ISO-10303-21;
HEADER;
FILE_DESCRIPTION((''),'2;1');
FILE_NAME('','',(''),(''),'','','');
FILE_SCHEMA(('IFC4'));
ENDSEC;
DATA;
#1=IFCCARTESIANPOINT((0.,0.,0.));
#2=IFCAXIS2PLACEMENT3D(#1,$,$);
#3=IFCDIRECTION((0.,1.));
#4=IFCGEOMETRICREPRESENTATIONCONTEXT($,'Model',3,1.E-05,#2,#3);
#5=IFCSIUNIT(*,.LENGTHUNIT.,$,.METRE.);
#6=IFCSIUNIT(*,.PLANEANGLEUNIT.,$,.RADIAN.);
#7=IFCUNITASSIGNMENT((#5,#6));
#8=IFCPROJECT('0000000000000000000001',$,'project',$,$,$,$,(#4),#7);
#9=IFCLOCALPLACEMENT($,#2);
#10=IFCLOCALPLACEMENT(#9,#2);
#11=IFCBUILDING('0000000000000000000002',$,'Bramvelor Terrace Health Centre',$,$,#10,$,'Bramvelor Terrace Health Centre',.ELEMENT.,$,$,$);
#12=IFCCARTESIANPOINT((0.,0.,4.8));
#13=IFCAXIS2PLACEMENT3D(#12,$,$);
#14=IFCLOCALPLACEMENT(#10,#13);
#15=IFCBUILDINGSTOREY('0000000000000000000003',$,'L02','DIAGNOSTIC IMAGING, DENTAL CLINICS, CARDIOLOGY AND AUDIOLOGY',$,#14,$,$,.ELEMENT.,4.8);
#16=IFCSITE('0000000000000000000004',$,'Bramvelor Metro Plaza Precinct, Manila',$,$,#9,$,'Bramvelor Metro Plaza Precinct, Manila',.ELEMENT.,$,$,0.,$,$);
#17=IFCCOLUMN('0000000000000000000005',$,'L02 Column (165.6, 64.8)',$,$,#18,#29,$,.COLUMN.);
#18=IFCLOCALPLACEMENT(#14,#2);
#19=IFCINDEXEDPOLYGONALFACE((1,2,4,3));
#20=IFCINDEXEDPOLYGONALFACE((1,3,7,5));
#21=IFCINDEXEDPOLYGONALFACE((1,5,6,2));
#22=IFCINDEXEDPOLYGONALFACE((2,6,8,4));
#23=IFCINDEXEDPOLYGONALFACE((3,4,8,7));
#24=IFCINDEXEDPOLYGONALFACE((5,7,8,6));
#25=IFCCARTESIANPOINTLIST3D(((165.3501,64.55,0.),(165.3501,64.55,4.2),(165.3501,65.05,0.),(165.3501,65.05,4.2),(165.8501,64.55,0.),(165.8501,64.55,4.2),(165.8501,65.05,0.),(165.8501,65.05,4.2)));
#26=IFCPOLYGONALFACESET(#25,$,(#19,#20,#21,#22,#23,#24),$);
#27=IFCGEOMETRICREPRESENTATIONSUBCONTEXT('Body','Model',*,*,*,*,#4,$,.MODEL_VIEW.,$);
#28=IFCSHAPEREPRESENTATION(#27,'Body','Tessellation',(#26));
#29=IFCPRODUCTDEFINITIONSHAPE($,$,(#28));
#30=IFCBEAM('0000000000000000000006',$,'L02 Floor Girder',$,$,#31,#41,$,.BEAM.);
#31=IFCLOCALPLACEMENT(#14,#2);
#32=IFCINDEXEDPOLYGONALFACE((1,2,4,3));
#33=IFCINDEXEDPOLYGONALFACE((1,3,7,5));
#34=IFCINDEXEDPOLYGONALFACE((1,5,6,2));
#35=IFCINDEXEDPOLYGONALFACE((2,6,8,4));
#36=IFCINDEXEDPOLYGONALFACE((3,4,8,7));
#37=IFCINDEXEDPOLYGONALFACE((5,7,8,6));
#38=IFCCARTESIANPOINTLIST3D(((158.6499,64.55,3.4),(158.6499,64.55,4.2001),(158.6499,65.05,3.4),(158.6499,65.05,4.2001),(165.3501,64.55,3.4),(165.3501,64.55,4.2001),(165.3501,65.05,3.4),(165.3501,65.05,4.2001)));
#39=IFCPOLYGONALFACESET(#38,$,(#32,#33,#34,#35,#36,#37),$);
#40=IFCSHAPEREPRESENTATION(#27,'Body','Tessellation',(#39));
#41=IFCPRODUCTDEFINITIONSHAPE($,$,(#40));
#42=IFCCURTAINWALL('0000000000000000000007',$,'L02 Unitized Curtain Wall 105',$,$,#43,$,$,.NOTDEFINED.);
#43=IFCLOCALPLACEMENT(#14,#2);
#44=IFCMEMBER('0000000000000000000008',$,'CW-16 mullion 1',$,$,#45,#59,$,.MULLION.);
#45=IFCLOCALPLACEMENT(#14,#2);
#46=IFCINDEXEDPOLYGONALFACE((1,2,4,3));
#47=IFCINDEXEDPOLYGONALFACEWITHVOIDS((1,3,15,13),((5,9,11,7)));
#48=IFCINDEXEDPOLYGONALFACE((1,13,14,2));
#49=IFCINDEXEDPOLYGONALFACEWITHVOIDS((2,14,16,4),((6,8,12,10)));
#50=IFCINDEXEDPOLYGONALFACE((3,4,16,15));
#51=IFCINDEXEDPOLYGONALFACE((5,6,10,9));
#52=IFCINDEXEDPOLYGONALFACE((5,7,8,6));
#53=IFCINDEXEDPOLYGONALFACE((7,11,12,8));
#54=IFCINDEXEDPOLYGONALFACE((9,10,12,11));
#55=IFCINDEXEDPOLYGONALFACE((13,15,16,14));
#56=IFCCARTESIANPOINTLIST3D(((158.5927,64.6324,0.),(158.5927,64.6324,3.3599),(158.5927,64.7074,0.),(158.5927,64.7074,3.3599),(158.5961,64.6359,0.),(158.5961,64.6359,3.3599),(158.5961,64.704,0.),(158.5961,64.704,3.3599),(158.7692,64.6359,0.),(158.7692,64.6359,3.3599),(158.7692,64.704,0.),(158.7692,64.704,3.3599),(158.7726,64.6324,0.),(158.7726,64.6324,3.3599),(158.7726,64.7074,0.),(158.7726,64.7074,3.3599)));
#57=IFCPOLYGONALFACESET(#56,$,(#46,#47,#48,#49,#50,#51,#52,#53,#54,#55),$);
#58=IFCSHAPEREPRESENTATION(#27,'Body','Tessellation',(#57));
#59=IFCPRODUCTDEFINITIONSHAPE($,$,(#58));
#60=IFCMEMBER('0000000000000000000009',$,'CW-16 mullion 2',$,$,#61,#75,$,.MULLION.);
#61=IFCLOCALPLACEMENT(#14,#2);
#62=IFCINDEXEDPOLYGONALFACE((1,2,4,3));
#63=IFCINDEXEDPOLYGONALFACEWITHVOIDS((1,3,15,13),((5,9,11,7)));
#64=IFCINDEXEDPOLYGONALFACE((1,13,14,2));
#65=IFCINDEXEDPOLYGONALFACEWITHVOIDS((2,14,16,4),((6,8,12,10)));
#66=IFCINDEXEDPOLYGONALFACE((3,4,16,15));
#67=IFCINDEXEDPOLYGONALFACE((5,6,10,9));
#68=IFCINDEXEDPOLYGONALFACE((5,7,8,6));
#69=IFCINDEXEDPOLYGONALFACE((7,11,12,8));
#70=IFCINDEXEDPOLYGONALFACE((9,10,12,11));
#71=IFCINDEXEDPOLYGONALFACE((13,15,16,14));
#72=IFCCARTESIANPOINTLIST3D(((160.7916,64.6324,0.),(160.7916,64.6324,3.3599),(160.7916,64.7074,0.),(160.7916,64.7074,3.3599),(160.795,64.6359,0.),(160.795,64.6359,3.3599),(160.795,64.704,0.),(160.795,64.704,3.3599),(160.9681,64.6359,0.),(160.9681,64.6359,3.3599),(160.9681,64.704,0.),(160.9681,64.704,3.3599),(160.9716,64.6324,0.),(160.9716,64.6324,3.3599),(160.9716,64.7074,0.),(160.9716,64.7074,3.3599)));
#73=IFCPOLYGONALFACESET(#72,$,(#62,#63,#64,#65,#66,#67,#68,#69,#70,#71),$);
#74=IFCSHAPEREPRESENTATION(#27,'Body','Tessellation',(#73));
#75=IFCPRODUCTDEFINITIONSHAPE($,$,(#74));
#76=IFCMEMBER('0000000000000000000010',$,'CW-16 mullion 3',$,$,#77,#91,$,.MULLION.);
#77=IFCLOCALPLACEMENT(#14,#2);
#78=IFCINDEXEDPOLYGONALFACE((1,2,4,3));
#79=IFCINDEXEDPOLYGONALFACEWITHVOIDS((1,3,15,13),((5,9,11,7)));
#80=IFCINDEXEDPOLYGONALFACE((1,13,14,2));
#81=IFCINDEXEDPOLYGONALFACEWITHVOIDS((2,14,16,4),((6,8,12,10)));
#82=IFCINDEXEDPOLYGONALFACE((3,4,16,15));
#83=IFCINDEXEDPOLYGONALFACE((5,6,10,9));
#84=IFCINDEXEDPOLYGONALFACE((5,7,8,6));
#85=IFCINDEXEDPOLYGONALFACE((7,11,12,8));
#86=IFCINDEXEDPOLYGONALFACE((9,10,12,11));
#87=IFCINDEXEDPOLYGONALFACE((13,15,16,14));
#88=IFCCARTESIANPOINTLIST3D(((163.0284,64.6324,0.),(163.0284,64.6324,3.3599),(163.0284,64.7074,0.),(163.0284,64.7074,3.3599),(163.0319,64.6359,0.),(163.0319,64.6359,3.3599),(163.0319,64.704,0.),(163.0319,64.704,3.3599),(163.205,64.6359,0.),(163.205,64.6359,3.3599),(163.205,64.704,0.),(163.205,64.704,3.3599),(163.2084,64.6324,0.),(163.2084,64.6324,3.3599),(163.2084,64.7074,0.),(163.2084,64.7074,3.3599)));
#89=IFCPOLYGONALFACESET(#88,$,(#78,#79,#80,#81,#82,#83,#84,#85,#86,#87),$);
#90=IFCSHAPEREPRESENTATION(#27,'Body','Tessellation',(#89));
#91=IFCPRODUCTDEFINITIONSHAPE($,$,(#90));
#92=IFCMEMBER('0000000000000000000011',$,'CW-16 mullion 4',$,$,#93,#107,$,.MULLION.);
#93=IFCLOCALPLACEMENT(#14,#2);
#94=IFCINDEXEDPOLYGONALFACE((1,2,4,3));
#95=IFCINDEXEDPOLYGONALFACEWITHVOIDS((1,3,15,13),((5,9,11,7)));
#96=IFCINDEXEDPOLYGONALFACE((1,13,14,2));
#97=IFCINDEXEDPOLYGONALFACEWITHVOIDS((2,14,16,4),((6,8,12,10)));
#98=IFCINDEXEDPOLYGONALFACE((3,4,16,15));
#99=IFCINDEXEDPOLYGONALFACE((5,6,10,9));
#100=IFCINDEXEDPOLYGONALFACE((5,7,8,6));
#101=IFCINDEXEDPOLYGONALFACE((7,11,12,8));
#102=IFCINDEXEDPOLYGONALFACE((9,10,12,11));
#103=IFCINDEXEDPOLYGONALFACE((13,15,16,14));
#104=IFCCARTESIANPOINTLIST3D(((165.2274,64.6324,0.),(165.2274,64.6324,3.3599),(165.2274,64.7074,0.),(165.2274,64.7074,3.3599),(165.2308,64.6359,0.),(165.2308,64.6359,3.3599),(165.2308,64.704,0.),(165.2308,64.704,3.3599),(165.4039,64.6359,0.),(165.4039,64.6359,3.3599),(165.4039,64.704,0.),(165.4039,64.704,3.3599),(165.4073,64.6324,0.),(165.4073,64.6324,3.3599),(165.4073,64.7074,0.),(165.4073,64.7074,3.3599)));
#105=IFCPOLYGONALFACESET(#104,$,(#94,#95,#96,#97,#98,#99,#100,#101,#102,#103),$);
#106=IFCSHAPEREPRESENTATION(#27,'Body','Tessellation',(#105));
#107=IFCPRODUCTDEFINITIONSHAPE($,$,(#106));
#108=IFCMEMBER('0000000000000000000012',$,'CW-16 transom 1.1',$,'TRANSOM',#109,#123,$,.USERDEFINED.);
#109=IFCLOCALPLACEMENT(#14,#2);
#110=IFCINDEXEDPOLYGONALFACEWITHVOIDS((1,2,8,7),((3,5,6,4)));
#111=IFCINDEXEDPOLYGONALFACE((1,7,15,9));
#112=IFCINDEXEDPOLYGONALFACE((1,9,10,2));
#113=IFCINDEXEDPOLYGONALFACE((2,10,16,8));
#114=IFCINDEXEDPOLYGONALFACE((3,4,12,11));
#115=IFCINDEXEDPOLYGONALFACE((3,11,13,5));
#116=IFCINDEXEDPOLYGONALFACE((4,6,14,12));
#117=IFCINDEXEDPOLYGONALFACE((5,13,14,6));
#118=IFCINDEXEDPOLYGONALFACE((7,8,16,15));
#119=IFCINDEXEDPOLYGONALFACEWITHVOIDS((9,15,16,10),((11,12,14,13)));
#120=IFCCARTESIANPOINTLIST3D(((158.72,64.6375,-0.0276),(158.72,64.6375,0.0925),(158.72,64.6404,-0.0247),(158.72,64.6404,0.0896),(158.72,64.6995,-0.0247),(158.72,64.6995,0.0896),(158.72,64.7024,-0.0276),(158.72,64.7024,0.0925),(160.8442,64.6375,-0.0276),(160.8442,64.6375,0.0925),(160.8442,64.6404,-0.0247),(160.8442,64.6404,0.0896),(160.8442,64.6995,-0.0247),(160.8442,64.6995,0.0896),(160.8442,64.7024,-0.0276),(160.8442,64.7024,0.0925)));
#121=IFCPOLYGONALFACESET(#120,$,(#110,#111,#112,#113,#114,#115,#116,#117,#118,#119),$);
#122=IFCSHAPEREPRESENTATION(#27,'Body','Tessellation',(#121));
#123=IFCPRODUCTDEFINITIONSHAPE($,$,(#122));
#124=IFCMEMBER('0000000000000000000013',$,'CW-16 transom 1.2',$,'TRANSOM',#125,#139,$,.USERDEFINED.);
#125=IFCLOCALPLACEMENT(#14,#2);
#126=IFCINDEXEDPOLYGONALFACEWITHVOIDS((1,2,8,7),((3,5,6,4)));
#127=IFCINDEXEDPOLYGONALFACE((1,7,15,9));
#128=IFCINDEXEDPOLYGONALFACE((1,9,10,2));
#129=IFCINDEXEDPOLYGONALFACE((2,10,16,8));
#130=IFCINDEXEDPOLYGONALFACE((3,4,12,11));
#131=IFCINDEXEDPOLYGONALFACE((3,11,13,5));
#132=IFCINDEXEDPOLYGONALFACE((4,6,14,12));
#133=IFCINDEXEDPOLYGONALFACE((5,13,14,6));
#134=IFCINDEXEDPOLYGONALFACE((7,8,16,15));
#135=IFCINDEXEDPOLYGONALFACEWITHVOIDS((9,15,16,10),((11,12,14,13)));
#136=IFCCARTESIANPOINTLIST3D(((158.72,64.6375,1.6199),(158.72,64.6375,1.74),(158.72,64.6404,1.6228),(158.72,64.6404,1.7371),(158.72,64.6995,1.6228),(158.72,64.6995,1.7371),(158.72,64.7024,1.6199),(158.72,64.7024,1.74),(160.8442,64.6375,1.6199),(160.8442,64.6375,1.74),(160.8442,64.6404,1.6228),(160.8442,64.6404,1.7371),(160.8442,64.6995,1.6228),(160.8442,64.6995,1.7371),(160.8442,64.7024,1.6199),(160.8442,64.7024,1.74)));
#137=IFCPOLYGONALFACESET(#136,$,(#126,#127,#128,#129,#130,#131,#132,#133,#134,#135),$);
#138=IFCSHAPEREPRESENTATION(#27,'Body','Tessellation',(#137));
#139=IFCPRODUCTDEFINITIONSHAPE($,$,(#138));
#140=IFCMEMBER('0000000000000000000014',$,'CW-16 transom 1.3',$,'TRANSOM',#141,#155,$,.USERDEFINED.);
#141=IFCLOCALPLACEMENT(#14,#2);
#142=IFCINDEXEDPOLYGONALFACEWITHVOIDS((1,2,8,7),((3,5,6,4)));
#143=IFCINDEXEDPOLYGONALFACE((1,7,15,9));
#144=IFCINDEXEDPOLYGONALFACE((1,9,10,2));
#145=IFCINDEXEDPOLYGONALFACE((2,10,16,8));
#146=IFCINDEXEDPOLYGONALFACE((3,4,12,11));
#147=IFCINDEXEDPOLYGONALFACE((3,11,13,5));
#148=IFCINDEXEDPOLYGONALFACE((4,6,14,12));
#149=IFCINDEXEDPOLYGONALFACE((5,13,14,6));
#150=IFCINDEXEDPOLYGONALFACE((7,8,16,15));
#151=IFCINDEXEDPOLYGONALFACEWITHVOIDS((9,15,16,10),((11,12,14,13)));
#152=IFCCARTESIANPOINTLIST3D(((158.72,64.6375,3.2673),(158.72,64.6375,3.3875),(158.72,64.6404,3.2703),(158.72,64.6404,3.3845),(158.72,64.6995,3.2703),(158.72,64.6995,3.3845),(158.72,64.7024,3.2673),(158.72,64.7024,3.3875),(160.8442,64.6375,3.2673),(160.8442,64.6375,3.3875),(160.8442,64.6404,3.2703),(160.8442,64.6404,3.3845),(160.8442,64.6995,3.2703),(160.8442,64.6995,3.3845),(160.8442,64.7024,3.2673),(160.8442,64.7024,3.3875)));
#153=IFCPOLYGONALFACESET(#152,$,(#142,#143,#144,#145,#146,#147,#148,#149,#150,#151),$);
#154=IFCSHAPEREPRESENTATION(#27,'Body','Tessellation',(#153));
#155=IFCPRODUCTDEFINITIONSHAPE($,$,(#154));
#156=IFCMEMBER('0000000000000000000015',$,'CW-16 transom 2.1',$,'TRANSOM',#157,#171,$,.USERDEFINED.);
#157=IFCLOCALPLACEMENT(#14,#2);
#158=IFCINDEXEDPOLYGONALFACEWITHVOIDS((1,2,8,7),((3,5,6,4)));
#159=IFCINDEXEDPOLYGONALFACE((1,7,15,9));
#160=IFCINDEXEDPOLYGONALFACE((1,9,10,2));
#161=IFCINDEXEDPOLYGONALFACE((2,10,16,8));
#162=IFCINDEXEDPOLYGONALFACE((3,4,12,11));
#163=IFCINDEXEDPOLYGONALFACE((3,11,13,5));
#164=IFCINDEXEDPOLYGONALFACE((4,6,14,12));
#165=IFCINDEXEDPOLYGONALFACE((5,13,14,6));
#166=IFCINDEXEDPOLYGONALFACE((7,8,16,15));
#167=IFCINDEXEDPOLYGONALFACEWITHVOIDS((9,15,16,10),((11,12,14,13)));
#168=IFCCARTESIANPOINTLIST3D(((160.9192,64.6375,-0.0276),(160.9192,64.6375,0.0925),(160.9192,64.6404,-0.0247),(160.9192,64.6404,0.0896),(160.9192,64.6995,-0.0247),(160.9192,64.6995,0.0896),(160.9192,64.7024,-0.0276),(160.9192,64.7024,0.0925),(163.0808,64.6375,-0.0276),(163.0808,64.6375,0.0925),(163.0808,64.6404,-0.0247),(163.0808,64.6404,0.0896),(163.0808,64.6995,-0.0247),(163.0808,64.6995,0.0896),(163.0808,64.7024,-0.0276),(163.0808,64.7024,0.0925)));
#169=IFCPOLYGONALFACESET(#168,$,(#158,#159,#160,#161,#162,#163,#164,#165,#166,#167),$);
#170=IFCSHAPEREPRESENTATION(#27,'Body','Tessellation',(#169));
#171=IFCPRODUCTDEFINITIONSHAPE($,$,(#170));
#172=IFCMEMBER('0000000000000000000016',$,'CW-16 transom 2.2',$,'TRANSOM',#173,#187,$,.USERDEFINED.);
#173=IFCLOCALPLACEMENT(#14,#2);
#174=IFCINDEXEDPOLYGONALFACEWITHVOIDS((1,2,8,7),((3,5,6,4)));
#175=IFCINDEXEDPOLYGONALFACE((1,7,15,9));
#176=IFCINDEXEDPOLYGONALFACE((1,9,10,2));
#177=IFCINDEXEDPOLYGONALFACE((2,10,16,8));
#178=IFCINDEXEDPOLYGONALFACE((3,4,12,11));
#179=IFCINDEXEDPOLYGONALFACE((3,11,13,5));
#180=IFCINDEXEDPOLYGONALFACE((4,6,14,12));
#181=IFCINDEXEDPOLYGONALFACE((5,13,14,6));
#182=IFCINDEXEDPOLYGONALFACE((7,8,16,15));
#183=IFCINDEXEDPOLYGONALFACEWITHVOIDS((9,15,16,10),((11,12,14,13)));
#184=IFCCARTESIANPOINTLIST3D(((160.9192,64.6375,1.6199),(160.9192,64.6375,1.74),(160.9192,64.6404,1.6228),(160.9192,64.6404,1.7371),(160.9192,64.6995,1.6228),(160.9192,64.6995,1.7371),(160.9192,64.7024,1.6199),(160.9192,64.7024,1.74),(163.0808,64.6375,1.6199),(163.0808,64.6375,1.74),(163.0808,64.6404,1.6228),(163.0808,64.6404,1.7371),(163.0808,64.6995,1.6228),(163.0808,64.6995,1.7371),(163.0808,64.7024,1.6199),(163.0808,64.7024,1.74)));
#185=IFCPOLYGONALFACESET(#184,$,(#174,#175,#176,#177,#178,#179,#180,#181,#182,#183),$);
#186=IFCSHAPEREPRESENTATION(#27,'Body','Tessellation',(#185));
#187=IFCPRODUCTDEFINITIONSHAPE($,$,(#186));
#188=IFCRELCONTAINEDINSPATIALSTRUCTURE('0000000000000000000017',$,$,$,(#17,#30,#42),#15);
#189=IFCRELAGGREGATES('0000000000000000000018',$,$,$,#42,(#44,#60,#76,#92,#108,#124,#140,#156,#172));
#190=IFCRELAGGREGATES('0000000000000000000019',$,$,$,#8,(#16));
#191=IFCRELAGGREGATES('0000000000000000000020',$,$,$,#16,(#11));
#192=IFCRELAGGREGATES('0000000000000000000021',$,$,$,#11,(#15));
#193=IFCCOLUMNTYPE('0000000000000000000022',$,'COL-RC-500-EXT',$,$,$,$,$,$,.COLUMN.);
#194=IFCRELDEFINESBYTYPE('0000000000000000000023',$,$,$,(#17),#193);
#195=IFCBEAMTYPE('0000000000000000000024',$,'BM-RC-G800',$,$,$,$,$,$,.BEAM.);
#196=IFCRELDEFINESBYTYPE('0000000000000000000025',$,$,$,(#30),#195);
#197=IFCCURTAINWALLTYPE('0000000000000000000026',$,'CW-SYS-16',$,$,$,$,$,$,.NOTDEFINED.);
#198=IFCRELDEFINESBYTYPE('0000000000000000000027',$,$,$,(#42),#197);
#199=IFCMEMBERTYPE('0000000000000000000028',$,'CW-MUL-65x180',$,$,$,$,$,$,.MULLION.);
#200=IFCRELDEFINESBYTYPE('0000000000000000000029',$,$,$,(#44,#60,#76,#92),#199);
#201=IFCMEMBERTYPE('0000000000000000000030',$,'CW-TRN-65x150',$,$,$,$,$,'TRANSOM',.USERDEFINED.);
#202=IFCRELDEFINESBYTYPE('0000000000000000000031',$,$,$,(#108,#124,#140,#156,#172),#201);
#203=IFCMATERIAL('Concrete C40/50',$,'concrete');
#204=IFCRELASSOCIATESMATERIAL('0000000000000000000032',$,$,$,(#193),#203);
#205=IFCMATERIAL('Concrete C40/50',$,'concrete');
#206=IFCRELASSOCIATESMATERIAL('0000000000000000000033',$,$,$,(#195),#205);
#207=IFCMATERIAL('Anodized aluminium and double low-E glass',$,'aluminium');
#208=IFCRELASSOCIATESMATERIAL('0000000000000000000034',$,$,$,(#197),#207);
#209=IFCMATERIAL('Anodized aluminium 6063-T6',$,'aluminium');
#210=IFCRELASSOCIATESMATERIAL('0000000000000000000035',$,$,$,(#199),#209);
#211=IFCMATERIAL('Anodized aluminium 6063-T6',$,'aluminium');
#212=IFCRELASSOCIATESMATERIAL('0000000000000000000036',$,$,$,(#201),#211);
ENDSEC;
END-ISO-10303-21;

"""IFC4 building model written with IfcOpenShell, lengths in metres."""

from ifc_helpers import new_model, si_unit, direction, frame, origin, origin_2d, place, context, subcontext, project, spatial, rectangle, hollow_rectangle, extrude, material, material_profile, profile_set, type_object, element, aggregate, save


model = new_model("IFC4")

# Units and contexts
model_context = context("Model", 3, precision=1e-05, world=origin(), true_north=direction((0.0, 1.0)))
body_context = subcontext(model_context, "Body", "Model", "MODEL_VIEW")
ifc_project = project(units=[si_unit("LENGTHUNIT", "METRE"), si_unit("PLANEANGLEUNIT", "RADIAN")], contexts=[model_context])

# Site, building, storey
site_placement = place(None, origin())
site = spatial("IfcSite", under=ifc_project, at=site_placement, Name="Bramvelor Metro Plaza Precinct, Manila", LongName="Bramvelor Metro Plaza Precinct, Manila", CompositionType="ELEMENT", RefElevation=0.0)
building_placement = place(site_placement, origin())
building = spatial("IfcBuilding", under=site, at=building_placement, Name="Bramvelor Terrace Health Centre", LongName="Bramvelor Terrace Health Centre", CompositionType="ELEMENT")
storey_placement = place(building_placement, frame((0.0, 0.0, 4.8)))
storey = spatial("IfcBuildingStorey", under=building, at=storey_placement, Name="L02", Description="DIAGNOSTIC IMAGING, DENTAL CLINICS, CARDIOLOGY AND AUDIOLOGY", CompositionType="ELEMENT", Elevation=4.8)

# Column
ifc_material_1 = material(Name="Concrete C40/50", Category="concrete")
ifc_material_profile_1 = material_profile(ifc_material_1, rectangle(XDim=0.5, YDim=0.5, at=origin_2d()), Name="RC 500x500")
ifc_profile_set_1 = profile_set([ifc_material_profile_1], Name="Concrete C40/50")
column_type = type_object("IfcColumnType", Name="COL-RC-500-EXT", PredefinedType="COLUMN", material=ifc_profile_set_1)
column_placement = place(storey_placement, frame((165.6001, 64.8, 0.0), z_axis=(0.0, 0.0, 1.0), x_axis=(1.0, 0.0, 0.0)))
element("IfcColumn", 1, at=column_placement, inside=storey, type_object=column_type, Name="L02 Column (165.6, 64.8)", PredefinedType="COLUMN", context=body_context, shape_type="SweptSolid", body=[
    extrude(rectangle(XDim=0.5, YDim=0.5, at=origin_2d()), origin(), (0.0, 0.0, 1.0), 4.2),
])

# Beam
ifc_material_2 = material(Name="Concrete C40/50", Category="concrete")
ifc_material_profile_2 = material_profile(ifc_material_2, rectangle(XDim=0.5, YDim=0.8, at=origin_2d()), Name="RC 500x800")
ifc_profile_set_2 = profile_set([ifc_material_profile_2], Name="Concrete C40/50")
beam_type = type_object("IfcBeamType", Name="BM-RC-G800", PredefinedType="BEAM", material=ifc_profile_set_2)
beam_placement = place(storey_placement, frame((158.6499, 64.8, 3.8), z_axis=(1.0, 0.0, 0.0), x_axis=(0.0, 1.0, 0.0)))
element("IfcBeam", 2, at=beam_placement, inside=storey, type_object=beam_type, Name="L02 Floor Girder", PredefinedType="BEAM", context=body_context, shape_type="SweptSolid", body=[
    extrude(rectangle(XDim=0.5, YDim=0.8, at=origin_2d()), origin(), (0.0, 0.0, 1.0), 6.7002),
])

# Curtain wall, members
ifc_material_3 = material(Name="Anodized aluminium and double low-E glass", Category="aluminium")
curtain_wall_type = type_object("IfcCurtainWallType", Name="CW-SYS-16", PredefinedType="NOTDEFINED", material=ifc_material_3)
curtain_wall_placement = place(storey_placement, origin())
curtain_wall = element("IfcCurtainWall", 3, at=curtain_wall_placement, inside=storey, type_object=curtain_wall_type, Name="L02 Unitized Curtain Wall 105", PredefinedType="NOTDEFINED")
ifc_material_4 = material(Name="Anodized aluminium 6063-T6", Category="aluminium")
ifc_material_profile_3 = material_profile(ifc_material_4, hollow_rectangle(XDim=0.075, YDim=0.1799, WallThickness=0.0034, at=origin_2d()), Name="ALU-MUL 75x180x3.5")
ifc_profile_set_3 = profile_set([ifc_material_profile_3], Name="Anodized aluminium 6063-T6")
member_type_1 = type_object("IfcMemberType", Name="CW-MUL-65x180", PredefinedType="MULLION", material=ifc_profile_set_3)
member_1_placement = place(storey_placement, frame((158.6826, 64.6699, 0.0), z_axis=(0.0, 0.0, 1.0), x_axis=(0.0, 1.0, 0.0)))
member_1 = element("IfcMember", 4, at=member_1_placement, type_object=member_type_1, Name="CW-16 mullion 1", PredefinedType="MULLION", context=body_context, shape_type="SweptSolid", body=[
    extrude(hollow_rectangle(XDim=0.075, YDim=0.1799, WallThickness=0.0034, at=origin_2d()), origin(), (0.0, 0.0, 1.0), 3.3599),
])
member_2_placement = place(storey_placement, frame((160.8816, 64.6699, 0.0), z_axis=(0.0, 0.0, 1.0), x_axis=(0.0, 1.0, 0.0)))
member_2 = element("IfcMember", 5, at=member_2_placement, type_object=member_type_1, Name="CW-16 mullion 2", PredefinedType="MULLION", context=body_context, shape_type="SweptSolid", body=[
    extrude(hollow_rectangle(XDim=0.075, YDim=0.1799, WallThickness=0.0034, at=origin_2d()), origin(), (0.0, 0.0, 1.0), 3.3599),
])
member_3_placement = place(storey_placement, frame((163.1184, 64.6699, 0.0), z_axis=(0.0, 0.0, 1.0), x_axis=(0.0, 1.0, 0.0)))
member_3 = element("IfcMember", 6, at=member_3_placement, type_object=member_type_1, Name="CW-16 mullion 3", PredefinedType="MULLION", context=body_context, shape_type="SweptSolid", body=[
    extrude(hollow_rectangle(XDim=0.075, YDim=0.1799, WallThickness=0.0034, at=origin_2d()), origin(), (0.0, 0.0, 1.0), 3.3599),
])
member_4_placement = place(storey_placement, frame((165.3174, 64.6699, 0.0), z_axis=(0.0, 0.0, 1.0), x_axis=(0.0, 1.0, 0.0)))
member_4 = element("IfcMember", 7, at=member_4_placement, type_object=member_type_1, Name="CW-16 mullion 4", PredefinedType="MULLION", context=body_context, shape_type="SweptSolid", body=[
    extrude(hollow_rectangle(XDim=0.075, YDim=0.1799, WallThickness=0.0034, at=origin_2d()), origin(), (0.0, 0.0, 1.0), 3.3599),
])
ifc_material_5 = material(Name="Anodized aluminium 6063-T6", Category="aluminium")
ifc_material_profile_4 = material_profile(ifc_material_5, hollow_rectangle(XDim=0.0649, YDim=0.1201, WallThickness=0.0029, at=origin_2d()), Name="ALU-TRN 65x120x3.0")
ifc_profile_set_4 = profile_set([ifc_material_profile_4], Name="Anodized aluminium 6063-T6")
member_type_2 = type_object("IfcMemberType", Name="CW-TRN-65x150", ElementType="TRANSOM", PredefinedType="USERDEFINED", material=ifc_profile_set_4)
member_5_placement = place(storey_placement, frame((158.72, 64.6699, 0.0325), z_axis=(1.0, 0.0, 0.0), x_axis=(0.0, 1.0, 0.0)))
member_5 = element("IfcMember", 8, at=member_5_placement, type_object=member_type_2, Name="CW-16 transom 1.1", ObjectType="TRANSOM", PredefinedType="USERDEFINED", context=body_context, shape_type="SweptSolid", body=[
    extrude(hollow_rectangle(XDim=0.0649, YDim=0.1201, WallThickness=0.0029, at=origin_2d()), origin(), (0.0, 0.0, 1.0), 2.1243),
])
member_6_placement = place(storey_placement, frame((158.72, 64.6699, 1.6799), z_axis=(1.0, 0.0, 0.0), x_axis=(0.0, 1.0, 0.0)))
member_6 = element("IfcMember", 9, at=member_6_placement, type_object=member_type_2, Name="CW-16 transom 1.2", ObjectType="TRANSOM", PredefinedType="USERDEFINED", context=body_context, shape_type="SweptSolid", body=[
    extrude(hollow_rectangle(XDim=0.0649, YDim=0.1201, WallThickness=0.0029, at=origin_2d()), origin(), (0.0, 0.0, 1.0), 2.1243),
])
member_7_placement = place(storey_placement, frame((158.72, 64.6699, 3.3274), z_axis=(1.0, 0.0, 0.0), x_axis=(0.0, 1.0, 0.0)))
member_7 = element("IfcMember", 10, at=member_7_placement, type_object=member_type_2, Name="CW-16 transom 1.3", ObjectType="TRANSOM", PredefinedType="USERDEFINED", context=body_context, shape_type="SweptSolid", body=[
    extrude(hollow_rectangle(XDim=0.0649, YDim=0.1201, WallThickness=0.0029, at=origin_2d()), origin(), (0.0, 0.0, 1.0), 2.1243),
])
member_8_placement = place(storey_placement, frame((160.9192, 64.6699, 0.0325), z_axis=(1.0, 0.0, 0.0), x_axis=(0.0, 1.0, 0.0)))
member_8 = element("IfcMember", 11, at=member_8_placement, type_object=member_type_2, Name="CW-16 transom 2.1", ObjectType="TRANSOM", PredefinedType="USERDEFINED", context=body_context, shape_type="SweptSolid", body=[
    extrude(hollow_rectangle(XDim=0.0649, YDim=0.1201, WallThickness=0.0029, at=origin_2d()), origin(), (0.0, 0.0, 1.0), 2.1616),
])
member_9_placement = place(storey_placement, frame((160.9192, 64.6699, 1.6799), z_axis=(1.0, 0.0, 0.0), x_axis=(0.0, 1.0, 0.0)))
member_9 = element("IfcMember", 12, at=member_9_placement, type_object=member_type_2, Name="CW-16 transom 2.2", ObjectType="TRANSOM", PredefinedType="USERDEFINED", context=body_context, shape_type="SweptSolid", body=[
    extrude(hollow_rectangle(XDim=0.0649, YDim=0.1201, WallThickness=0.0029, at=origin_2d()), origin(), (0.0, 0.0, 1.0), 2.1616),
])
aggregate(curtain_wall, [member_1, member_2, member_3, member_4, member_5, member_6, member_7, member_8, member_9])

save(model, "model.ifc")
